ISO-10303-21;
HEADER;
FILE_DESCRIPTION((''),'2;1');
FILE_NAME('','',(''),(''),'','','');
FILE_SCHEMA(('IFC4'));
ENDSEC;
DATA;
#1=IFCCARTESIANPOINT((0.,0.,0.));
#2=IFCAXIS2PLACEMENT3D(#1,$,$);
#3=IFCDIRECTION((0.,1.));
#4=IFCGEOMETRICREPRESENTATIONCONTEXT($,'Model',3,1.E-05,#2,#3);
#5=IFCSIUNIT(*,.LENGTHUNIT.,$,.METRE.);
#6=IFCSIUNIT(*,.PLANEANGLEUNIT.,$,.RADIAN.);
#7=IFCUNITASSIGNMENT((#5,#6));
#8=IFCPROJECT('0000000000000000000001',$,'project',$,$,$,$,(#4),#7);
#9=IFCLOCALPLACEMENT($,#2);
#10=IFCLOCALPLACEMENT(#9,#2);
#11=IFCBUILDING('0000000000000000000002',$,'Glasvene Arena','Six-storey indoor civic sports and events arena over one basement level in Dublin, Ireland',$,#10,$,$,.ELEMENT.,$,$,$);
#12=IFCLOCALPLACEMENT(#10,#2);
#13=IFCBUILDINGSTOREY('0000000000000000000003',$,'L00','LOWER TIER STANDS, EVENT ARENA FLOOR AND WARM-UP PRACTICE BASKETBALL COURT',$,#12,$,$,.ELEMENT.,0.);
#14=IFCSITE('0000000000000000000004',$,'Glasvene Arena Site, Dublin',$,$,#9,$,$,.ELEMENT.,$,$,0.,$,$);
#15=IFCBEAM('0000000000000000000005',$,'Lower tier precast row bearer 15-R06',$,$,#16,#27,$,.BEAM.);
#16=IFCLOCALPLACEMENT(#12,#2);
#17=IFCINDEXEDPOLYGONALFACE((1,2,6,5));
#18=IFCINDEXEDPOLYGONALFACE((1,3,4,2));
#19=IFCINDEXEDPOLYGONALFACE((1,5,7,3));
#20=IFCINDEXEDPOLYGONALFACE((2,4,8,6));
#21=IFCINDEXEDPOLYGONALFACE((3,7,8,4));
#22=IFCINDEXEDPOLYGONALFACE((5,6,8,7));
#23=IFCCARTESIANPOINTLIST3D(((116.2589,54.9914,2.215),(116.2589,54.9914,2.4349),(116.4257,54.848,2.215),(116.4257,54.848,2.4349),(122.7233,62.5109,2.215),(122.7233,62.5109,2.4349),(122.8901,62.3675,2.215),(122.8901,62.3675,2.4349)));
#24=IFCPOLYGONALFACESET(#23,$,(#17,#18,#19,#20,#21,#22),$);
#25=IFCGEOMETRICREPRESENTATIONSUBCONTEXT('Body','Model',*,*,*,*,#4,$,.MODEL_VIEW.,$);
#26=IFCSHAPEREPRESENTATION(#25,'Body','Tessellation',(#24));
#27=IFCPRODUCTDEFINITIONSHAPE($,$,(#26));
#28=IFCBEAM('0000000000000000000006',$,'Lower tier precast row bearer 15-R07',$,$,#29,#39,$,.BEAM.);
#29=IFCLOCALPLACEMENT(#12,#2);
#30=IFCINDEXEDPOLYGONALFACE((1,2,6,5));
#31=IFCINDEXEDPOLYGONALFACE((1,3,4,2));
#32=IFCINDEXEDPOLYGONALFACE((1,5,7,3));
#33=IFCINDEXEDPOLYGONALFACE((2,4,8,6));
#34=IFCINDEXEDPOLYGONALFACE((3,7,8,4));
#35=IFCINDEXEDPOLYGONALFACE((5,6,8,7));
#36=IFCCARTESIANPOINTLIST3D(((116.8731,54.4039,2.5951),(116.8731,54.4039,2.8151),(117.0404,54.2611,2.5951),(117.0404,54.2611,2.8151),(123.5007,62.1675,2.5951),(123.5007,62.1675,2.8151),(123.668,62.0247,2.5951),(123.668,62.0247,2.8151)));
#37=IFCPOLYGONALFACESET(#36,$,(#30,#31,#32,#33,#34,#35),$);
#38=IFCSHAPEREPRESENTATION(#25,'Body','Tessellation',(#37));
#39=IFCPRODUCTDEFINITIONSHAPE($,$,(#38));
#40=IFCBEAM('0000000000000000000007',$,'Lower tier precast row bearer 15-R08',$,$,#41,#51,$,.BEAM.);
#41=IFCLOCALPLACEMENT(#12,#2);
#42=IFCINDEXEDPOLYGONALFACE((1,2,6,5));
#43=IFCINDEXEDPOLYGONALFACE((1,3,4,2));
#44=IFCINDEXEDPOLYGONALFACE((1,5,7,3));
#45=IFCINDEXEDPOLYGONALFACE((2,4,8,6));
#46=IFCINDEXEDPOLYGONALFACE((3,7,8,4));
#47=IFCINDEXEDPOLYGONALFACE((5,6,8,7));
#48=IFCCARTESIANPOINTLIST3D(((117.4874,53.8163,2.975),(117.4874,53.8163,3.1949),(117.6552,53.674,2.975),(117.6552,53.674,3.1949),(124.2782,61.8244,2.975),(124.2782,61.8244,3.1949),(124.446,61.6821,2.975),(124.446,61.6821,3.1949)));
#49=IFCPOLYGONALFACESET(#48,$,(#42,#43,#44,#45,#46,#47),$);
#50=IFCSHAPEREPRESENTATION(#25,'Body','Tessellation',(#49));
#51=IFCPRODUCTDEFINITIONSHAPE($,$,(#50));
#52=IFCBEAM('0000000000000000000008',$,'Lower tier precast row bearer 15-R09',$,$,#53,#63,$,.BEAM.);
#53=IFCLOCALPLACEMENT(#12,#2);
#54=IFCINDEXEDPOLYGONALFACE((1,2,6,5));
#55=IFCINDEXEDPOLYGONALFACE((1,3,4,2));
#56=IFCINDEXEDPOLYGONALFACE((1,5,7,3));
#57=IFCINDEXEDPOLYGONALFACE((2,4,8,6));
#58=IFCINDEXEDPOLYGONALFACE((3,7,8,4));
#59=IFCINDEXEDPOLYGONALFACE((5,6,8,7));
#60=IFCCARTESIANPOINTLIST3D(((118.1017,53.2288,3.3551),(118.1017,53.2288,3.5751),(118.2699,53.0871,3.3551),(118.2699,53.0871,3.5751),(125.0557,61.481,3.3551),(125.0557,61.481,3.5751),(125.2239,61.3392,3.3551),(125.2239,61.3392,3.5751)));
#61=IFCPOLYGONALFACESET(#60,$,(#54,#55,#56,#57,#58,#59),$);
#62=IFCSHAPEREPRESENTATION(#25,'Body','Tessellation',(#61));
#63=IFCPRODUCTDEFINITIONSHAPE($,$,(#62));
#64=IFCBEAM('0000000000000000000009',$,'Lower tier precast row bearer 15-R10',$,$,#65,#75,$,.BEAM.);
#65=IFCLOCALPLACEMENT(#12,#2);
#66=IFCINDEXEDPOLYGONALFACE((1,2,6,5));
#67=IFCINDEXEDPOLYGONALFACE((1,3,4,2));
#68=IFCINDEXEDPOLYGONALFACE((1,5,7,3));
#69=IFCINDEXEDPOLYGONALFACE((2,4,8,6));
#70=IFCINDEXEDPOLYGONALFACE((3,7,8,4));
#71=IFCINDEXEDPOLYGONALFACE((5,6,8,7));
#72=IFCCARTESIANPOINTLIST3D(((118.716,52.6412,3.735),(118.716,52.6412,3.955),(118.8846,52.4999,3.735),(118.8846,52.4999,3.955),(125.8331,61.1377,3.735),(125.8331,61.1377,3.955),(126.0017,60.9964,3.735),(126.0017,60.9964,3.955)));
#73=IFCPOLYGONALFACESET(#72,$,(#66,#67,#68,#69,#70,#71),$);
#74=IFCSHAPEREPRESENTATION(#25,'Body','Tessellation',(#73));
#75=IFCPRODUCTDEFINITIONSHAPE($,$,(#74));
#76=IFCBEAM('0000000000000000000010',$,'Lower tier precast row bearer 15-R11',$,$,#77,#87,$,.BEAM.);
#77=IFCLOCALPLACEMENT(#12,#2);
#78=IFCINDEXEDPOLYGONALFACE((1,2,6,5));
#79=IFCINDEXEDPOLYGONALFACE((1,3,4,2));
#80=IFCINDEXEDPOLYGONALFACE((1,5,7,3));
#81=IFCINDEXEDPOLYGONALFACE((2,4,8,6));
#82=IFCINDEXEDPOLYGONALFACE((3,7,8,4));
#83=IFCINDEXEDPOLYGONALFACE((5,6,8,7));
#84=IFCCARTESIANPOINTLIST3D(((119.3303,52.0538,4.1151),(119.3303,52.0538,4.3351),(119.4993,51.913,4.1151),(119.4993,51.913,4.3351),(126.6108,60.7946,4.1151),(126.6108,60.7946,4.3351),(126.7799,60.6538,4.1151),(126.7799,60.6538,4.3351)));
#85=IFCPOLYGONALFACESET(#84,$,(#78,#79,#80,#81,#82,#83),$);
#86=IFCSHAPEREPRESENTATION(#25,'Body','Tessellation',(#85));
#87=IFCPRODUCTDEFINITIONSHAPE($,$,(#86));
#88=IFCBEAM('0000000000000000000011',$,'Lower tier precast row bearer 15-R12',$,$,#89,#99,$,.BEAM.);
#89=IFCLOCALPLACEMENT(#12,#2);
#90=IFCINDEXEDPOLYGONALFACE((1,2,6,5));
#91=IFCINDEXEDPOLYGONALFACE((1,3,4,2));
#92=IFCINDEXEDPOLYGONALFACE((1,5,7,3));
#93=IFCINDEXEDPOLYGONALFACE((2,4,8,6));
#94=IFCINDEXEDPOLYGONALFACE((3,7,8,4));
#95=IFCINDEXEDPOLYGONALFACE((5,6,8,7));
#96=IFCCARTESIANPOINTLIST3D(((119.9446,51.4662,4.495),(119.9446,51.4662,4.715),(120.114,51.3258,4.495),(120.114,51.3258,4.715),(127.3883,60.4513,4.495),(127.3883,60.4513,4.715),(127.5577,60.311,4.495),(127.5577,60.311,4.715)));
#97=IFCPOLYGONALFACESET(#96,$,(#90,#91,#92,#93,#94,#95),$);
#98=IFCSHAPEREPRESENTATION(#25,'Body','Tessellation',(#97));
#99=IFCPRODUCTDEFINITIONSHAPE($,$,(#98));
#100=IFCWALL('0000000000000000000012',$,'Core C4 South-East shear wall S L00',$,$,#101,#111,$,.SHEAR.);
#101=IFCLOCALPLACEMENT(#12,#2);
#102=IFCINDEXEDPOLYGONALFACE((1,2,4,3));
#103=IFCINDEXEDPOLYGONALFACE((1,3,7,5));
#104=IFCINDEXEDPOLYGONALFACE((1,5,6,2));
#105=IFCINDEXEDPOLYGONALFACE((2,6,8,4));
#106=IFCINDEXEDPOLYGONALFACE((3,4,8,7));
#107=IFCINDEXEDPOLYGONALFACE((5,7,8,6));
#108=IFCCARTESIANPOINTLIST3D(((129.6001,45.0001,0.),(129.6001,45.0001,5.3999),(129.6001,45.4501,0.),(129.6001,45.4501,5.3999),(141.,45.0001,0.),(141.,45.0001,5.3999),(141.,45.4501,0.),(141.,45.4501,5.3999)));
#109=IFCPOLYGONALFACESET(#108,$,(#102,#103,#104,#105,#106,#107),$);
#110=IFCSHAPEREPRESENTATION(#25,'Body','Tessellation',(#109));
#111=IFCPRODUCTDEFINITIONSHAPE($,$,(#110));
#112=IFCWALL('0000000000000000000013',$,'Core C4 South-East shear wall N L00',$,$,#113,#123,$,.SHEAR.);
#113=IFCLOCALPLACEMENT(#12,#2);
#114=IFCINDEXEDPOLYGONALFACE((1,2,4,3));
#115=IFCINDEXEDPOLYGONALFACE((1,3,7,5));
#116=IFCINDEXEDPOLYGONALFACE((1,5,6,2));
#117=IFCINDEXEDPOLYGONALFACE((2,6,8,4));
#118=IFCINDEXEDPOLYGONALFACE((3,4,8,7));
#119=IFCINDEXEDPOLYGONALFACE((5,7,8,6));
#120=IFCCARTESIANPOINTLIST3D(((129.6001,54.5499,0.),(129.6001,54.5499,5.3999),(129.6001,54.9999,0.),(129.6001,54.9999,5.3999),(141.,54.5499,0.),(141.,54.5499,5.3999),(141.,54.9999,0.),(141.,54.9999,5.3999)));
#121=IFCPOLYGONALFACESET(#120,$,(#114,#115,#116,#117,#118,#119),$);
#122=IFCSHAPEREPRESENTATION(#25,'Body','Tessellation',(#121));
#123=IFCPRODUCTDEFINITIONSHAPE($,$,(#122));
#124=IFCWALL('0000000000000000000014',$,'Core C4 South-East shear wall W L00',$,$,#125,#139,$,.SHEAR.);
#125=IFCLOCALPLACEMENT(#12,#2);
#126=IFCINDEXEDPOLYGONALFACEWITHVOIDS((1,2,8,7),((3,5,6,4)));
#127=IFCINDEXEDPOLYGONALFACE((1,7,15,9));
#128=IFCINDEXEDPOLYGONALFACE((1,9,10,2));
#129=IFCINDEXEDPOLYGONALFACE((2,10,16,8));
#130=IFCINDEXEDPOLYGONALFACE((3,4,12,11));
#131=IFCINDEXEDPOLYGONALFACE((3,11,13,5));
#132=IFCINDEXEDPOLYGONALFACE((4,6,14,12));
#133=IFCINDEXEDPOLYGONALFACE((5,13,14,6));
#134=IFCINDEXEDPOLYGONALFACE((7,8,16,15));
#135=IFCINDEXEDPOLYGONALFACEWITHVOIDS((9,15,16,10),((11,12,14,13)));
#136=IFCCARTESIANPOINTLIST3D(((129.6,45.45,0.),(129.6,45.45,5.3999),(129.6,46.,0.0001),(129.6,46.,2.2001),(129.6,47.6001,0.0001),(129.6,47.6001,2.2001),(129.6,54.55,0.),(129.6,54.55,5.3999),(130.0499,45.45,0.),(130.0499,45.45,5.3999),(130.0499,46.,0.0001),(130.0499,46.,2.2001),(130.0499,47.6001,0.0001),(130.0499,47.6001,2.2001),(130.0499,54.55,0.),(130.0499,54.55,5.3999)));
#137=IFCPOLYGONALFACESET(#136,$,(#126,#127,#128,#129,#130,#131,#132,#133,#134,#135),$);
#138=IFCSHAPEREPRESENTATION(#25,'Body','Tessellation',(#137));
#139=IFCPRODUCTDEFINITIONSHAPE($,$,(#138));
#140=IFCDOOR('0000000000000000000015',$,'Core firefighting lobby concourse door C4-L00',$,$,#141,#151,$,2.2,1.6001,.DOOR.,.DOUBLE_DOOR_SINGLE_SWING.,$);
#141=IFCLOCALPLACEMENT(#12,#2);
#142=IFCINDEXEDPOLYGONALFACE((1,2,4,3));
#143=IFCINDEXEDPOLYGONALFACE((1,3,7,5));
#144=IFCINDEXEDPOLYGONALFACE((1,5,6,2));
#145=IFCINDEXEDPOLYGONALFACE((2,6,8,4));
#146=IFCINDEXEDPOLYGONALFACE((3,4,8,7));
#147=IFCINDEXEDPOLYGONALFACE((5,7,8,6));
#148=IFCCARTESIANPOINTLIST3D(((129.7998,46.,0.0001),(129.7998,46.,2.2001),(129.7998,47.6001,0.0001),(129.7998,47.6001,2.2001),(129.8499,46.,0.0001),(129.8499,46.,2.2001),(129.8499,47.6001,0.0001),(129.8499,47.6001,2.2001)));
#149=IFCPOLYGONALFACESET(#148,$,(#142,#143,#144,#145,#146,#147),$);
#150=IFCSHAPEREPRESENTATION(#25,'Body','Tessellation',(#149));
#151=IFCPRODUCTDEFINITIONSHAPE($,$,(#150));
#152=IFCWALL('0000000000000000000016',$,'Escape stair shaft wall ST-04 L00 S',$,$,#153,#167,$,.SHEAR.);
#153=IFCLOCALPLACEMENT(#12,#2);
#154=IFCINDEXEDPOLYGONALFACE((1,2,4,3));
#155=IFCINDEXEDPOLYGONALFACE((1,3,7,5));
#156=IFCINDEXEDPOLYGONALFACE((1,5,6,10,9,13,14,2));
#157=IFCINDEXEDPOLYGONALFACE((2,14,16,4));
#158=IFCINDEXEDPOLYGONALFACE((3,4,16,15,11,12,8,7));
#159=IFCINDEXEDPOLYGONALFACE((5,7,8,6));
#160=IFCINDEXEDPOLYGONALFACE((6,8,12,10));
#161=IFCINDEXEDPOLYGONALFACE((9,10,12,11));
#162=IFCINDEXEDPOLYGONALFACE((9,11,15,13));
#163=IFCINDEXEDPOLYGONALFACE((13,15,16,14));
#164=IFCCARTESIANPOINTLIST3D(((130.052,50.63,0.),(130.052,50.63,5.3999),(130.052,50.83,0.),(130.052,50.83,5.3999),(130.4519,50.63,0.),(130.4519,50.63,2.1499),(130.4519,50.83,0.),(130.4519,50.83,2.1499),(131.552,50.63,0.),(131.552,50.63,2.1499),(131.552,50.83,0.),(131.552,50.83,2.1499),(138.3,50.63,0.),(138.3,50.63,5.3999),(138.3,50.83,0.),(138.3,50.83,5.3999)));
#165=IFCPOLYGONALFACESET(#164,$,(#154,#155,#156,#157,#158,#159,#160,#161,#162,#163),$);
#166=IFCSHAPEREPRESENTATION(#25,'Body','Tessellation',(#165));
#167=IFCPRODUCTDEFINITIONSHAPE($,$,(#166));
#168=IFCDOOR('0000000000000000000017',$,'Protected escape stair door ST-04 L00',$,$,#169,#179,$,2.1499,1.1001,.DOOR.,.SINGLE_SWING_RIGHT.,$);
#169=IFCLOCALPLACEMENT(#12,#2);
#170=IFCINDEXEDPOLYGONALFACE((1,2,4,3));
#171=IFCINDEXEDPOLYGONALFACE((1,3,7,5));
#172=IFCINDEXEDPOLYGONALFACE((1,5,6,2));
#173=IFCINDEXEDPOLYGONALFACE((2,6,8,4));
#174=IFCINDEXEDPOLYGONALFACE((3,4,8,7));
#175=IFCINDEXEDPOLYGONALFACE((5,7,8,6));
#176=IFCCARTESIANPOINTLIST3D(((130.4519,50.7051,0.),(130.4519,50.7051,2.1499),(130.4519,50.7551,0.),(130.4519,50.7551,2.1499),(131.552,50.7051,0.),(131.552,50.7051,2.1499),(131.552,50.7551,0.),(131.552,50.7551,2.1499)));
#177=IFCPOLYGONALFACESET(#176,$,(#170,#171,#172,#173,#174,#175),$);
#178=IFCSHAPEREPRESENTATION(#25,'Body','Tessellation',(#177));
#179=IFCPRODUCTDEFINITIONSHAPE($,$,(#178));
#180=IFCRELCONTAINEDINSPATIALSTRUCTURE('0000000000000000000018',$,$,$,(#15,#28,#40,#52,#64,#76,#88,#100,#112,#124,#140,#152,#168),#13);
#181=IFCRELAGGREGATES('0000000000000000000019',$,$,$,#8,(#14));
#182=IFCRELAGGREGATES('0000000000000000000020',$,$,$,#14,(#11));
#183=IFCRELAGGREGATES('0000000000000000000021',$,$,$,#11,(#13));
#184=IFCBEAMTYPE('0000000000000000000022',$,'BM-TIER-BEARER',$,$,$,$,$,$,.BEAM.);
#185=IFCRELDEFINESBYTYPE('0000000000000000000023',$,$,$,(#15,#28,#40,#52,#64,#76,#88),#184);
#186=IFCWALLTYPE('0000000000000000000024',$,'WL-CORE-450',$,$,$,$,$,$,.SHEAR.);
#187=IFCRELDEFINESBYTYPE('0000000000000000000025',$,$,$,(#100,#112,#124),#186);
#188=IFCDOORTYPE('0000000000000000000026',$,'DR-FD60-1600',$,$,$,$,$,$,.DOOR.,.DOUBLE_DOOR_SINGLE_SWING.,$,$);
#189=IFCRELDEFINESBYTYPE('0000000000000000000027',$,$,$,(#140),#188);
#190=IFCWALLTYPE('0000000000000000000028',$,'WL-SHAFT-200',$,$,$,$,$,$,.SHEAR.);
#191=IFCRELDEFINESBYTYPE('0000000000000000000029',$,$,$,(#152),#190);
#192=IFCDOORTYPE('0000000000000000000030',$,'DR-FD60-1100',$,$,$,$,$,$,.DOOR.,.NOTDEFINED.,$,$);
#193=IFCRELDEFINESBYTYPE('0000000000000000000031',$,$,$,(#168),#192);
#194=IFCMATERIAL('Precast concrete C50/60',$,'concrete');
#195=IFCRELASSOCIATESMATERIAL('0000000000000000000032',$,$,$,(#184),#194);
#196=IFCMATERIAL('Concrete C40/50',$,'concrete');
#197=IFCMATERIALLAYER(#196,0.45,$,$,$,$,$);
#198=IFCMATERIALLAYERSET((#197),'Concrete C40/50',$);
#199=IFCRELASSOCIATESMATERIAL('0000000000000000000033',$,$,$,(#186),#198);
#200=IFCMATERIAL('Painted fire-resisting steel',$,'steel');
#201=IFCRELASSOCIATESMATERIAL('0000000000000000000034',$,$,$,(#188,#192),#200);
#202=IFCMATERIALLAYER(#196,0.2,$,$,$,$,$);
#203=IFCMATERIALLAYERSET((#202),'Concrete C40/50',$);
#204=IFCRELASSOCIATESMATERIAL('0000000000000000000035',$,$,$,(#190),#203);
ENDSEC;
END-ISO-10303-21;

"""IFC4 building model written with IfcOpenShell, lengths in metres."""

from ifc_helpers import new_model, si_unit, direction, frame, frame_2d, origin, origin_2d, place, context, subcontext, project, spatial, rectangle, extrude, material, layer, layer_set, material_profile, profile_set, type_object, element, fill, save


model = new_model("IFC4")

# Units and contexts
model_context = context("Model", 3, precision=1e-05, world=origin(), true_north=direction((0.0, 1.0)))
body_context = subcontext(model_context, "Body", "Model", "MODEL_VIEW")
ifc_project = project(units=[si_unit("LENGTHUNIT", "METRE"), si_unit("PLANEANGLEUNIT", "RADIAN")], contexts=[model_context])

# Site, building, storey
site_placement = place(None, origin())
site = spatial("IfcSite", under=ifc_project, at=site_placement, Name="Glasvene Arena Site, Dublin", CompositionType="ELEMENT", RefElevation=0.0)
building_placement = place(site_placement, origin())
building = spatial("IfcBuilding", under=site, at=building_placement, Name="Glasvene Arena", Description="Six-storey indoor civic sports and events arena over one basement level in Dublin, Ireland", CompositionType="ELEMENT")
storey_placement = place(building_placement, origin())
storey = spatial("IfcBuildingStorey", under=building, at=storey_placement, Name="L00", Description="LOWER TIER STANDS, EVENT ARENA FLOOR AND WARM-UP PRACTICE BASKETBALL COURT", CompositionType="ELEMENT", Elevation=0.0)

# Shared definitions
ifc_material_1 = material(Name="Concrete C40/50", Category="concrete")

# Beams
ifc_material_2 = material(Name="Precast concrete C50/60", Category="concrete")
ifc_material_profile_1 = material_profile(ifc_material_2, rectangle(XDim=0.22, YDim=0.22, at=origin_2d()), Name="RC 220x220")
ifc_profile_set_1 = profile_set([ifc_material_profile_1], Name="Precast concrete C50/60")
beam_type_1 = type_object("IfcBeamType", Name="BM-TIER-BEARER", PredefinedType="BEAM", material=ifc_profile_set_1)
beam_1_placement = place(storey_placement, frame((116.3423, 54.9197, 2.325), z_axis=(0.651898, 0.758307, 0.0), x_axis=(-0.758307, 0.651898, 0.0)))
element("IfcBeam", 1, at=beam_1_placement, inside=storey, type_object=beam_type_1, Name="Lower tier precast row bearer 15-R06", PredefinedType="BEAM", context=body_context, shape_type="SweptSolid", body=[
    extrude(rectangle(XDim=0.22, YDim=0.22, at=origin_2d()), origin(), (0.0, 0.0, 1.0), 9.9163),
])
beam_2_placement = place(storey_placement, frame((116.9568, 54.3325, 2.7051), z_axis=(0.649271, 0.760557, 0.0), x_axis=(-0.760557, 0.649271, 0.0)))
element("IfcBeam", 2, at=beam_2_placement, inside=storey, type_object=beam_type_1, Name="Lower tier precast row bearer 15-R07", PredefinedType="BEAM", context=body_context, shape_type="SweptSolid", body=[
    extrude(rectangle(XDim=0.22, YDim=0.22, at=origin_2d()), origin(), (0.0, 0.0, 1.0), 10.2078),
])
beam_3_placement = place(storey_placement, frame((117.5713, 53.7451, 3.085), z_axis=(0.646759, 0.762694, 0.0), x_axis=(-0.762694, 0.646759, 0.0)))
element("IfcBeam", 3, at=beam_3_placement, inside=storey, type_object=beam_type_1, Name="Lower tier precast row bearer 15-R08", PredefinedType="BEAM", context=body_context, shape_type="SweptSolid", body=[
    extrude(rectangle(XDim=0.22, YDim=0.22, at=origin_2d()), origin(), (0.0, 0.0, 1.0), 10.4998),
])
beam_4_placement = place(storey_placement, frame((118.1858, 53.158, 3.4651), z_axis=(0.6444, 0.764688, 0.0), x_axis=(-0.764688, 0.6444, 0.0)))
element("IfcBeam", 4, at=beam_4_placement, inside=storey, type_object=beam_type_1, Name="Lower tier precast row bearer 15-R09", PredefinedType="BEAM", context=body_context, shape_type="SweptSolid", body=[
    extrude(rectangle(XDim=0.22, YDim=0.22, at=origin_2d()), origin(), (0.0, 0.0, 1.0), 10.7915),
])
beam_5_placement = place(storey_placement, frame((118.8003, 52.5706, 3.845), z_axis=(0.642137, 0.76659, 0.0), x_axis=(-0.76659, 0.642137, 0.0)))
element("IfcBeam", 5, at=beam_5_placement, inside=storey, type_object=beam_type_1, Name="Lower tier precast row bearer 15-R10", PredefinedType="BEAM", context=body_context, shape_type="SweptSolid", body=[
    extrude(rectangle(XDim=0.22, YDim=0.22, at=origin_2d()), origin(), (0.0, 0.0, 1.0), 11.0835),
])
beam_6_placement = place(storey_placement, frame((119.4148, 51.9834, 4.2251), z_axis=(0.640007, 0.768369, 0.0), x_axis=(-0.768369, 0.640007, 0.0)))
element("IfcBeam", 6, at=beam_6_placement, inside=storey, type_object=beam_type_1, Name="Lower tier precast row bearer 15-R11", PredefinedType="BEAM", context=body_context, shape_type="SweptSolid", body=[
    extrude(rectangle(XDim=0.22, YDim=0.22, at=origin_2d()), origin(), (0.0, 0.0, 1.0), 11.3757),
])
beam_7_placement = place(storey_placement, frame((120.0293, 51.396, 4.605), z_axis=(0.637957, 0.770072, 0.0), x_axis=(-0.770072, 0.637957, 0.0)))
element("IfcBeam", 7, at=beam_7_placement, inside=storey, type_object=beam_type_1, Name="Lower tier precast row bearer 15-R12", PredefinedType="BEAM", context=body_context, shape_type="SweptSolid", body=[
    extrude(rectangle(XDim=0.22, YDim=0.22, at=origin_2d()), origin(), (0.0, 0.0, 1.0), 11.668),
])

# Walls
ifc_layer_1 = layer(ifc_material_1, 0.45)
ifc_layer_set_1 = layer_set([ifc_layer_1], Name="Concrete C40/50")
wall_type_1 = type_object("IfcWallType", Name="WL-CORE-450", PredefinedType="SHEAR", material=ifc_layer_set_1)
for number, where, z_axis, x_axis, name in (
    (8, (129.6001, 45.2251, 0.0), (0.0, 0.0, 1.0), (1.0, 0.0, 0.0), "Core C4 South-East shear wall S L00"),
    (9, (129.6001, 54.7749, 0.0), (0.0, 0.0, 1.0), (1.0, 0.0, 0.0), "Core C4 South-East shear wall N L00"),
):
    element("IfcWall", number, at=place(storey_placement, frame(where, z_axis=z_axis, x_axis=x_axis)), inside=storey, type_object=wall_type_1, Name=name, PredefinedType="SHEAR", context=body_context, shape_type="SweptSolid", body=[
        extrude(rectangle(XDim=11.3999, YDim=0.45, at=frame_2d((5.7, 0.0))), origin(), (0.0, 0.0, 1.0), 5.3999),
    ])

# Walls, openings, doors
wall_1_placement = place(storey_placement, frame((129.825, 45.45, 0.0), z_axis=(0.0, 0.0, 1.0), x_axis=(0.0, 1.0, 0.0)))
wall_1 = element("IfcWall", 10, at=wall_1_placement, inside=storey, type_object=wall_type_1, Name="Core C4 South-East shear wall W L00", PredefinedType="SHEAR", context=body_context, shape_type="SweptSolid", body=[
    extrude(rectangle(XDim=9.1001, YDim=0.45, at=frame_2d((4.55, 0.0))), origin(), (0.0, 0.0, 1.0), 5.3999),
])
opening_1_placement = place(wall_1_placement, frame((0.55, 0.0, 0.0)))
opening_1 = element("IfcOpeningElement", 11, at=opening_1_placement, cuts=wall_1, PredefinedType="OPENING", context=body_context, shape_type="SweptSolid", body=[
    extrude(rectangle(XDim=1.6001, YDim=2.2, at=frame_2d((0.8, 1.1001))), frame((0.0, 0.2349, 0.0), z_axis=(0.0, -1.0, 0.0), x_axis=(1.0, 0.0, 0.0)), (0.0, 0.0, 1.0), 0.47),
])
ifc_material_3 = material(Name="Painted fire-resisting steel", Category="steel")
door_type_1 = type_object("IfcDoorType", Name="DR-FD60-1600", OperationType="DOUBLE_DOOR_SINGLE_SWING", PredefinedType="DOOR", material=ifc_material_3)
door_1_placement = place(opening_1_placement, frame((1.6001, 0.0, 0.0), z_axis=(0.0, 0.0, 1.0), x_axis=(-1.0, 0.0, 0.0)))
door_1 = element("IfcDoor", 12, at=door_1_placement, inside=storey, type_object=door_type_1, Name="Core firefighting lobby concourse door C4-L00", OperationType="DOUBLE_DOOR_SINGLE_SWING", OverallHeight=2.2, OverallWidth=1.6001, PredefinedType="DOOR", context=body_context, shape_type="SweptSolid", body=[
    extrude(rectangle(XDim=1.6001, YDim=2.2, at=frame_2d((0.8, 1.1001))), frame((0.0, 0.0249, 0.0), z_axis=(0.0, -1.0, 0.0), x_axis=(1.0, 0.0, 0.0)), (0.0, 0.0, 1.0), 0.05),
])
fill(opening_1, door_1)
ifc_layer_2 = layer(ifc_material_1, 0.2)
ifc_layer_set_2 = layer_set([ifc_layer_2], Name="Concrete C40/50")
wall_type_2 = type_object("IfcWallType", Name="WL-SHAFT-200", PredefinedType="SHEAR", material=ifc_layer_set_2)
wall_2_placement = place(storey_placement, frame((130.052, 50.73, 0.0), z_axis=(0.0, 0.0, 1.0), x_axis=(1.0, 0.0, 0.0)))
wall_2 = element("IfcWall", 13, at=wall_2_placement, inside=storey, type_object=wall_type_2, Name="Escape stair shaft wall ST-04 L00 S", PredefinedType="SHEAR", context=body_context, shape_type="SweptSolid", body=[
    extrude(rectangle(XDim=8.248, YDim=0.2, at=frame_2d((4.124, 0.0))), origin(), (0.0, 0.0, 1.0), 5.3999),
])
opening_2_placement = place(wall_2_placement, frame((0.3999, 0.0, 0.0)))
opening_2 = element("IfcOpeningElement", 14, at=opening_2_placement, cuts=wall_2, PredefinedType="OPENING", context=body_context, shape_type="SweptSolid", body=[
    extrude(rectangle(XDim=1.1001, YDim=2.1499, at=frame_2d((0.55, 1.075))), frame((0.0, 0.1099, 0.0), z_axis=(0.0, -1.0, 0.0), x_axis=(1.0, 0.0, 0.0)), (0.0, 0.0, 1.0), 0.22),
])
door_type_2 = type_object("IfcDoorType", Name="DR-FD60-1100", OperationType="NOTDEFINED", PredefinedType="DOOR", material=ifc_material_3)
door_2_placement = place(opening_2_placement, frame((1.1001, 0.0, 0.0), z_axis=(0.0, 0.0, 1.0), x_axis=(-1.0, 0.0, 0.0)))
door_2 = element("IfcDoor", 15, at=door_2_placement, inside=storey, type_object=door_type_2, Name="Protected escape stair door ST-04 L00", OperationType="SINGLE_SWING_RIGHT", OverallHeight=2.1499, OverallWidth=1.1001, PredefinedType="DOOR", context=body_context, shape_type="SweptSolid", body=[
    extrude(rectangle(XDim=1.1001, YDim=2.1499, at=frame_2d((0.55, 1.075))), frame((0.0, 0.0249, 0.0), z_axis=(0.0, -1.0, 0.0), x_axis=(1.0, 0.0, 0.0)), (0.0, 0.0, 1.0), 0.05),
])
fill(opening_2, door_2)

save(model, "model.ifc")
